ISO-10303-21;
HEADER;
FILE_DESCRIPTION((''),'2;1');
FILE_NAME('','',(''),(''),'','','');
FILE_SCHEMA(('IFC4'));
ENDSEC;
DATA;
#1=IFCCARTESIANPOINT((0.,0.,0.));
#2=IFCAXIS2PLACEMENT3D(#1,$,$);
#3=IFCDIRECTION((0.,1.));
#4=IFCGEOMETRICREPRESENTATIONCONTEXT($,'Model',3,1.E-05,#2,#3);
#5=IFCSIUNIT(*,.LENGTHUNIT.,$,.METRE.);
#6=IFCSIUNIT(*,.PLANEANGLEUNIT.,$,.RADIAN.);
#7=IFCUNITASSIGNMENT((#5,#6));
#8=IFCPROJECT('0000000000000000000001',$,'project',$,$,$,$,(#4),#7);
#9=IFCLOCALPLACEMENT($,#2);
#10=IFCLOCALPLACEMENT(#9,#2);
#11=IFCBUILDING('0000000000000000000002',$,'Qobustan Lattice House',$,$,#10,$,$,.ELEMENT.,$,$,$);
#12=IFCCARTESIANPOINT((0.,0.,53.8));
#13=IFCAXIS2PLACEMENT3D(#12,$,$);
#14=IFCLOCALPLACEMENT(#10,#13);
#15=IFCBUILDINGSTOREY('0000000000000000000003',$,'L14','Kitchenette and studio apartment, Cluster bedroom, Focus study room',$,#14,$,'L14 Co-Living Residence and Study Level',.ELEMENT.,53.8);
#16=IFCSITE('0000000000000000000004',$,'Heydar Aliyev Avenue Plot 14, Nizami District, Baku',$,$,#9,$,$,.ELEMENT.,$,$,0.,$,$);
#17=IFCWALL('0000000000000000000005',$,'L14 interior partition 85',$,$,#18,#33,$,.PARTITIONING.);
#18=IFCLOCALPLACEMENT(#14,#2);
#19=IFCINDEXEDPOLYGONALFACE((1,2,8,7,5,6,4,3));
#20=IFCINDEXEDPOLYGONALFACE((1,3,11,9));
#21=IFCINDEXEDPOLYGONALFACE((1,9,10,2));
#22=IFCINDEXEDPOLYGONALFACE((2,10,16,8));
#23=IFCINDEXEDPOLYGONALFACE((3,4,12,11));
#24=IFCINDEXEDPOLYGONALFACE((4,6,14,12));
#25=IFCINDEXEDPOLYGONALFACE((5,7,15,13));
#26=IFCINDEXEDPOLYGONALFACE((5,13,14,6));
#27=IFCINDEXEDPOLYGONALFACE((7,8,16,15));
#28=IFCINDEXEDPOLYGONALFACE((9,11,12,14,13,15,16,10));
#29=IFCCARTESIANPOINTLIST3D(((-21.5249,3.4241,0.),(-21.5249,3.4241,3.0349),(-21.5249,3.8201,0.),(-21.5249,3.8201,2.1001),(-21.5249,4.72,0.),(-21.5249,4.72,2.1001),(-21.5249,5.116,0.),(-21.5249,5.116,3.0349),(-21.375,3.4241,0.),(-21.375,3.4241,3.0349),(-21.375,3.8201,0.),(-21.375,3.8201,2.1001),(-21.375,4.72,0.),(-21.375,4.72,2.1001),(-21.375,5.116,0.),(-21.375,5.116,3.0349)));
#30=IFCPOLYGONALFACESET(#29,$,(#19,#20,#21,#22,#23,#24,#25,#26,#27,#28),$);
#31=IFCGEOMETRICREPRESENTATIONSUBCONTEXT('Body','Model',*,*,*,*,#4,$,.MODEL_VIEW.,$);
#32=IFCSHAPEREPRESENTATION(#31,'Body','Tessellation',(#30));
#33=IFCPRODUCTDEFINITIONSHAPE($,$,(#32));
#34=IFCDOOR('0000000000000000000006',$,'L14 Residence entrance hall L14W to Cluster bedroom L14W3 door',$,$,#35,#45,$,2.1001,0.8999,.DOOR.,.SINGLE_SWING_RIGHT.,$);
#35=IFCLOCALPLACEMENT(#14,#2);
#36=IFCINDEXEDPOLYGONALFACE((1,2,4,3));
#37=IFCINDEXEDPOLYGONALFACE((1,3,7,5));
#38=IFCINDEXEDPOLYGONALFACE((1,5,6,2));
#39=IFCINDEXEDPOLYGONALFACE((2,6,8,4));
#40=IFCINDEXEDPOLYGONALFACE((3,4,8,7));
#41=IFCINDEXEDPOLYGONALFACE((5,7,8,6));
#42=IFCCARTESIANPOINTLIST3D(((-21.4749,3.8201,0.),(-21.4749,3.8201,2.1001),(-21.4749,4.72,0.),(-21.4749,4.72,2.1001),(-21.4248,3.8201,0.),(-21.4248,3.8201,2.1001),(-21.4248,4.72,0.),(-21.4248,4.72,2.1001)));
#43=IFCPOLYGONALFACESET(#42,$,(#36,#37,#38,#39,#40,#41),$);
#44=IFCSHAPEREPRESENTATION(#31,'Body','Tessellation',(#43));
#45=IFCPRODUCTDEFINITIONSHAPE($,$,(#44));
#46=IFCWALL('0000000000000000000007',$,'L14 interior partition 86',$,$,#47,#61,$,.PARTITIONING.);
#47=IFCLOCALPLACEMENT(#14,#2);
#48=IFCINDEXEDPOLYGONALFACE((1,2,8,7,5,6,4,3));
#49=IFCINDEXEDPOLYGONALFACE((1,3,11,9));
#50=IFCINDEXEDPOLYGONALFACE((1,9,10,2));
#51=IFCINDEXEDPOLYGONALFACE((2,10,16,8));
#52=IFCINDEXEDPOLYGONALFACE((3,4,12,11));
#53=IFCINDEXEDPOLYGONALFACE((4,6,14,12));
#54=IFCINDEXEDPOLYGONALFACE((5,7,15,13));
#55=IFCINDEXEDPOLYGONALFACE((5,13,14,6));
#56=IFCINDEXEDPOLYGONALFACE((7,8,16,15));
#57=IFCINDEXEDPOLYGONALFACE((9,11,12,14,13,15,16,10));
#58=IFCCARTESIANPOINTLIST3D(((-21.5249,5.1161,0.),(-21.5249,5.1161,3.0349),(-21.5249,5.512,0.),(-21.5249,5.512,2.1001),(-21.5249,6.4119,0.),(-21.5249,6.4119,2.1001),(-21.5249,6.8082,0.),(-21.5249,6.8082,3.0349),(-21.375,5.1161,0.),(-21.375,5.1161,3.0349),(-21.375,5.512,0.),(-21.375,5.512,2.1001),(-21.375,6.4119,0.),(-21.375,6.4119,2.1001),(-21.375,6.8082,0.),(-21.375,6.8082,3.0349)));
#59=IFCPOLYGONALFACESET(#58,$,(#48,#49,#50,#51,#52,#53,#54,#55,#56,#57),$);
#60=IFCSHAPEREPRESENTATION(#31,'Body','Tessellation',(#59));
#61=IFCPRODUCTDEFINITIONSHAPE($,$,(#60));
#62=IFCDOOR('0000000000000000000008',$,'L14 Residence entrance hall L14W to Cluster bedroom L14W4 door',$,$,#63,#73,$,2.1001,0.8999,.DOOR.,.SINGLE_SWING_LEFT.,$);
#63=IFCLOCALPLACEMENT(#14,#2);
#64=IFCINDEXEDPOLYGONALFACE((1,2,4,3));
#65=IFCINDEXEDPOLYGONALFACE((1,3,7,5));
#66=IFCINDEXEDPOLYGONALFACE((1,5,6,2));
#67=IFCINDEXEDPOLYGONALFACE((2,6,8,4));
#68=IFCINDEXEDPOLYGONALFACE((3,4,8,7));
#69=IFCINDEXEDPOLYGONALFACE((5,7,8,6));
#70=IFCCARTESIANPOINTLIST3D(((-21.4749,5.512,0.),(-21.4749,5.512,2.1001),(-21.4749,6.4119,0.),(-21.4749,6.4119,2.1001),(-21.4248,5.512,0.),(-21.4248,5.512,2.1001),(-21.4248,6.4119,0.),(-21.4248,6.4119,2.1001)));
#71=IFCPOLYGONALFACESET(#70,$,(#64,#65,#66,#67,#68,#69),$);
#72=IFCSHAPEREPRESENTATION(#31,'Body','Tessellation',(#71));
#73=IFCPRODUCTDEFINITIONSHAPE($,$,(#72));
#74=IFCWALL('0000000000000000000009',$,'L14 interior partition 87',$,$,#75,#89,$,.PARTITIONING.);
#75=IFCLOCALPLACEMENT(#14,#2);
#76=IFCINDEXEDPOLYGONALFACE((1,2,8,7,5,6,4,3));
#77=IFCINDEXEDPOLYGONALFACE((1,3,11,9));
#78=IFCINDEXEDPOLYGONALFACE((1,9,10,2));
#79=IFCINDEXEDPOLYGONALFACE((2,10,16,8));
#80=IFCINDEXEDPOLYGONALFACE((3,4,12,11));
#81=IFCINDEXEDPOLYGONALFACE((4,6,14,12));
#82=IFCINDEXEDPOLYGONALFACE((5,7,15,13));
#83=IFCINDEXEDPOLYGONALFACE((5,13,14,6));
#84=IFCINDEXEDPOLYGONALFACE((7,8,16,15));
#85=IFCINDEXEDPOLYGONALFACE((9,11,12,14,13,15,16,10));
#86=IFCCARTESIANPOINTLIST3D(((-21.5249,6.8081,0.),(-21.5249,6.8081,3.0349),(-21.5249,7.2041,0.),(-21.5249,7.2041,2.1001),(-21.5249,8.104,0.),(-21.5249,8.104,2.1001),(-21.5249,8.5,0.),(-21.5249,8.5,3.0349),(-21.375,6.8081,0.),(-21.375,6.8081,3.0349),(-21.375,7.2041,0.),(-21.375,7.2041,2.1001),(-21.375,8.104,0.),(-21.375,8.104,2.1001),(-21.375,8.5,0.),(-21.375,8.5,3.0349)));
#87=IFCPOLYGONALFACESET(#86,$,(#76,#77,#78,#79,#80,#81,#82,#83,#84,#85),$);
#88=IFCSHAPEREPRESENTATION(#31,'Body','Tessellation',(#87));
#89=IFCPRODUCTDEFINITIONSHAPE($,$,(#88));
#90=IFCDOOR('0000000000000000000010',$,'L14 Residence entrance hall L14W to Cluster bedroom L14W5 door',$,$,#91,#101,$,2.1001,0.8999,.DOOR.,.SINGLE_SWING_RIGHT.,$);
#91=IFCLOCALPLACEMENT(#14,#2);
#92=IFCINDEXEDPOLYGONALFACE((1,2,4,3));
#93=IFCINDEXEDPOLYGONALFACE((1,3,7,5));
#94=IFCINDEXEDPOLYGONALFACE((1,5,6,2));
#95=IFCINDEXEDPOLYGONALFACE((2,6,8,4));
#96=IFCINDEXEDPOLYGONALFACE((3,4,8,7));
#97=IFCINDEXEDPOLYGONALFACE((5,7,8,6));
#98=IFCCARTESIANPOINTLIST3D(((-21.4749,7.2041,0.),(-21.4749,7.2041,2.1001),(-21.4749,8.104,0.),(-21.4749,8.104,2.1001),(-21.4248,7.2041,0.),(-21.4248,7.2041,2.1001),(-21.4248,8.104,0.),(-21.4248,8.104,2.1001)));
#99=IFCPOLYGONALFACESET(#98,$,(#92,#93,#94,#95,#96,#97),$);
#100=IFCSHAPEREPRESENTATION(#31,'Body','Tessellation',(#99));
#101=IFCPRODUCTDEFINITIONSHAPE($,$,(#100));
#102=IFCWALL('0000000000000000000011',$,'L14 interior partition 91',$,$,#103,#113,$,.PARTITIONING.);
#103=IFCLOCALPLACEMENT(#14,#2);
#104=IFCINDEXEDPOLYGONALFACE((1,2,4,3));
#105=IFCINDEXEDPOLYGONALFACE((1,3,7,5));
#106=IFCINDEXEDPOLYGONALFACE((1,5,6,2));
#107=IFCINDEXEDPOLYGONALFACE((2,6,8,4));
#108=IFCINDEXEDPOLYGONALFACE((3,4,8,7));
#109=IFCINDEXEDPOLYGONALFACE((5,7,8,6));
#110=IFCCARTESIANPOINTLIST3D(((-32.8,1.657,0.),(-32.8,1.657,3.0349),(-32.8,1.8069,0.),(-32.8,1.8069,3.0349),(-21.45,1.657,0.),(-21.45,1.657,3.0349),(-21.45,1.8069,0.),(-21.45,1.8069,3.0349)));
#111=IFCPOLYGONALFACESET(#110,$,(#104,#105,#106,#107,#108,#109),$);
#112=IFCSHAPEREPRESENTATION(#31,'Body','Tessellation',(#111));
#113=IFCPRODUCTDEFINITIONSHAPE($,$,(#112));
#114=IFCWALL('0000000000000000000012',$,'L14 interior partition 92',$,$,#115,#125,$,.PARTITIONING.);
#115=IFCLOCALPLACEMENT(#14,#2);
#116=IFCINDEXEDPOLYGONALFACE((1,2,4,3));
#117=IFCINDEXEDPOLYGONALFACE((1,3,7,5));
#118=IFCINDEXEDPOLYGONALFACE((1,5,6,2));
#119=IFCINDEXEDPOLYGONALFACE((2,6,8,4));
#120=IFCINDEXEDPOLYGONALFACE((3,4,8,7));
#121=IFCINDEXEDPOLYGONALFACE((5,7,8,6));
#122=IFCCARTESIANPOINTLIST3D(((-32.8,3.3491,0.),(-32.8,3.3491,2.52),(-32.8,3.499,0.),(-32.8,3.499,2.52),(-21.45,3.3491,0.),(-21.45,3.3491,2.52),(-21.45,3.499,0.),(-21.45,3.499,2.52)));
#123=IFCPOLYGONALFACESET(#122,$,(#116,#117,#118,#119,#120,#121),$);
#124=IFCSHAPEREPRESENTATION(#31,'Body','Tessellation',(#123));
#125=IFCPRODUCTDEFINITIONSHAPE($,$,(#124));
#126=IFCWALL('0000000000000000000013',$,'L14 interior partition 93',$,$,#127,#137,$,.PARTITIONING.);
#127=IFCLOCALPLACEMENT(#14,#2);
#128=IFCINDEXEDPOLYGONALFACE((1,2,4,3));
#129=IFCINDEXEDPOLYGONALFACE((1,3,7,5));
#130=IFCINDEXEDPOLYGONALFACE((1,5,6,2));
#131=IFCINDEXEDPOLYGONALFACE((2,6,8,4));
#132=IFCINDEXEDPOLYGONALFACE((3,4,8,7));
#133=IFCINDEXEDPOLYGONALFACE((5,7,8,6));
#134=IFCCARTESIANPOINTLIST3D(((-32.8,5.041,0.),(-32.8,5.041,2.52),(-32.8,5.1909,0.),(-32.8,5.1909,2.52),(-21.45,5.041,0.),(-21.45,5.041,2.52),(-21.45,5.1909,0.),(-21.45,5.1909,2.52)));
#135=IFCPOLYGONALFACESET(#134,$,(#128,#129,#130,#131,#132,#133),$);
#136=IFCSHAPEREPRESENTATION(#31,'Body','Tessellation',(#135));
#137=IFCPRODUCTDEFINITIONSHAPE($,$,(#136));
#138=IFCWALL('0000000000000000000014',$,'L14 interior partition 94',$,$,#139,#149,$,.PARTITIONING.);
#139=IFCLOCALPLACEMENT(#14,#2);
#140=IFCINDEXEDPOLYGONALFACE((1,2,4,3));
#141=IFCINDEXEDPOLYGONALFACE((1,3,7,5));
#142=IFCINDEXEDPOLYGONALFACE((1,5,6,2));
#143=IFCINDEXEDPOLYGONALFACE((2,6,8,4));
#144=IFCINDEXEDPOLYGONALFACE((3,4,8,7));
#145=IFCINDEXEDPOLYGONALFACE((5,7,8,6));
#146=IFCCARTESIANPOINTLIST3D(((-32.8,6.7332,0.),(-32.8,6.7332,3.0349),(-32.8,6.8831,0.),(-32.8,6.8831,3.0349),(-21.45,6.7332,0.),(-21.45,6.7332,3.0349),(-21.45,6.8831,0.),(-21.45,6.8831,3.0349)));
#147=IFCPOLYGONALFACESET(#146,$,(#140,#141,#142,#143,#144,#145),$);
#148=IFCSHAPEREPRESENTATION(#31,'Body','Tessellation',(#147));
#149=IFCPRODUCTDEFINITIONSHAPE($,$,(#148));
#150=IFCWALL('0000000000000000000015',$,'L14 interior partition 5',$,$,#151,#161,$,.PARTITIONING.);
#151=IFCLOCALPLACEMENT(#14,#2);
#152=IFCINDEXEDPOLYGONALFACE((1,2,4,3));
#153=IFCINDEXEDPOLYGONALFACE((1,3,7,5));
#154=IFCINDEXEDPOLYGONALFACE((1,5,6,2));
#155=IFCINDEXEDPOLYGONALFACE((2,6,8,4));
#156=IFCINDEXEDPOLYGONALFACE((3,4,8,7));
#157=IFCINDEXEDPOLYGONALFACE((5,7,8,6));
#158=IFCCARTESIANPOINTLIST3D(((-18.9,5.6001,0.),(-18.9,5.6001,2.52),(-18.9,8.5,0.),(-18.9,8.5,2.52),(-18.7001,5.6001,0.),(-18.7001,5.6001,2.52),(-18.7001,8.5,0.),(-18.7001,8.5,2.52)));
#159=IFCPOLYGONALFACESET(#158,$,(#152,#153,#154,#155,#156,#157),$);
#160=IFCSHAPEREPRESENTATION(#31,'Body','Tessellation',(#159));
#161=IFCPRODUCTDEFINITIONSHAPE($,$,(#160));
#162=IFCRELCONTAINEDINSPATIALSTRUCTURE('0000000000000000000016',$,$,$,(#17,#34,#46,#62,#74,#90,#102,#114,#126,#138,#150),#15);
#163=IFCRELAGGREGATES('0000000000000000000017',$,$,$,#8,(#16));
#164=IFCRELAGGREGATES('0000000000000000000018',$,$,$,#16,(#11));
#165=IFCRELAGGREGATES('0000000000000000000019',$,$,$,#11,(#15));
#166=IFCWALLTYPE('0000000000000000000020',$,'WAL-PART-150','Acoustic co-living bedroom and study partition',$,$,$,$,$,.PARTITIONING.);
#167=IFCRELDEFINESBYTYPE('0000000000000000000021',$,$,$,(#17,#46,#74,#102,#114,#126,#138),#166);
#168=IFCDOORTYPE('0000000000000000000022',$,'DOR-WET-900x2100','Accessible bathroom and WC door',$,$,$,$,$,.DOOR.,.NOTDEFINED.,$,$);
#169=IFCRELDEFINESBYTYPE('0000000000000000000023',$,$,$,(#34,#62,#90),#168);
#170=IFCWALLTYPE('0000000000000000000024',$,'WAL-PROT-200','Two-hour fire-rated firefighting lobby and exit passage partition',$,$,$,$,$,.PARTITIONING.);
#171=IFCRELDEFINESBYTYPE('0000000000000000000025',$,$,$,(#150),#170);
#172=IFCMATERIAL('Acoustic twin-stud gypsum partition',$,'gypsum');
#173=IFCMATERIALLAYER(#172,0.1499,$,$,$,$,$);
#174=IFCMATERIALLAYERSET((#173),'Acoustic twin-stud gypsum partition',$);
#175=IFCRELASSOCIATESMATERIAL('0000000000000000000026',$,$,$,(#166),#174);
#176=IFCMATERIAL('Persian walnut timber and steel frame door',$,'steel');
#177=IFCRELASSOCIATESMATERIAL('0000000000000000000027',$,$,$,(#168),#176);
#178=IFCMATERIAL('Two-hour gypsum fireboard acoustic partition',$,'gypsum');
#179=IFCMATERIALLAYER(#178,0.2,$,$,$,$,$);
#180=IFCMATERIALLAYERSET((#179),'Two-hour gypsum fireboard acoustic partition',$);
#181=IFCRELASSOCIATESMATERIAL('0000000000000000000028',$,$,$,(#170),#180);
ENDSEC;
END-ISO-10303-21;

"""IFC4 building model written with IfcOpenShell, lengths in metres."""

from ifc_helpers import new_model, si_unit, direction, frame, frame_2d, origin, place, context, subcontext, project, spatial, rectangle, extrude, material, layer, layer_set, type_object, element, fill, save


model = new_model("IFC4")

# Units and contexts
model_context = context("Model", 3, precision=1e-05, world=origin(), true_north=direction((0.0, 1.0)))
body_context = subcontext(model_context, "Body", "Model", "MODEL_VIEW")
ifc_project = project(units=[si_unit("LENGTHUNIT", "METRE"), si_unit("PLANEANGLEUNIT", "RADIAN")], contexts=[model_context])

# Site, building, storey
site_placement = place(None, origin())
site = spatial("IfcSite", under=ifc_project, at=site_placement, Name="Heydar Aliyev Avenue Plot 14, Nizami District, Baku", CompositionType="ELEMENT", RefElevation=0.0)
building_placement = place(site_placement, origin())
building = spatial("IfcBuilding", under=site, at=building_placement, Name="Qobustan Lattice House", CompositionType="ELEMENT")
storey_placement = place(building_placement, frame((0.0, 0.0, 53.8)))
storey = spatial("IfcBuildingStorey", under=building, at=storey_placement, Name="L14", Description="Kitchenette and studio apartment, Cluster bedroom, Focus study room", LongName="L14 Co-Living Residence and Study Level", CompositionType="ELEMENT", Elevation=53.8)

# Shared definitions
ifc_material_1 = material(Name="Acoustic twin-stud gypsum partition", Category="gypsum")
ifc_layer_1 = layer(ifc_material_1, 0.1499)
ifc_layer_set_1 = layer_set([ifc_layer_1], Name="Acoustic twin-stud gypsum partition")
wall_type_1 = type_object("IfcWallType", Name="WAL-PART-150", Description="Acoustic co-living bedroom and study partition", PredefinedType="PARTITIONING", material=ifc_layer_set_1)

# Walls, openings, doors
ifc_material_2 = material(Name="Persian walnut timber and steel frame door", Category="steel")
door_type_1 = type_object("IfcDoorType", Name="DOR-WET-900x2100", Description="Accessible bathroom and WC door", OperationType="NOTDEFINED", PredefinedType="DOOR", material=ifc_material_2)
wall_1_placement = place(storey_placement, frame((-21.45, 3.4241, 0.0), z_axis=(0.0, 0.0, 1.0), x_axis=(0.0, 1.0, 0.0)))
wall_1 = element("IfcWall", 1, at=wall_1_placement, inside=storey, type_object=wall_type_1, Name="L14 interior partition 85", PredefinedType="PARTITIONING", context=body_context, shape_type="SweptSolid", body=[
    extrude(rectangle(XDim=1.6919, YDim=0.1499, at=frame_2d((0.8459, 0.0))), origin(), (0.0, 0.0, 1.0), 3.0349),
])
opening_1_placement = place(wall_1_placement, frame((0.396, 0.0, 0.0)))
opening_1 = element("IfcOpeningElement", 2, at=opening_1_placement, cuts=wall_1, PredefinedType="OPENING", context=body_context, shape_type="SweptSolid", body=[
    extrude(rectangle(XDim=0.8999, YDim=2.1001, at=frame_2d((0.45, 1.05))), frame((0.0, 0.085, 0.0), z_axis=(0.0, -1.0, 0.0), x_axis=(1.0, 0.0, 0.0)), (0.0, 0.0, 1.0), 0.1699),
])
door_1_placement = place(opening_1_placement, origin())
door_1 = element("IfcDoor", 3, at=door_1_placement, inside=storey, type_object=door_type_1, Name="L14 Residence entrance hall L14W to Cluster bedroom L14W3 door", OperationType="SINGLE_SWING_RIGHT", OverallHeight=2.1001, OverallWidth=0.8999, PredefinedType="DOOR", context=body_context, shape_type="SweptSolid", body=[
    extrude(rectangle(XDim=0.8999, YDim=2.1001, at=frame_2d((0.45, 1.05))), frame((0.0, 0.0249, 0.0), z_axis=(0.0, -1.0, 0.0), x_axis=(1.0, 0.0, 0.0)), (0.0, 0.0, 1.0), 0.05),
])
fill(opening_1, door_1)
wall_2_placement = place(storey_placement, frame((-21.45, 5.116, 0.0), z_axis=(0.0, 0.0, 1.0), x_axis=(0.0, 1.0, 0.0)))
wall_2 = element("IfcWall", 4, at=wall_2_placement, inside=storey, type_object=wall_type_1, Name="L14 interior partition 86", PredefinedType="PARTITIONING", context=body_context, shape_type="SweptSolid", body=[
    extrude(rectangle(XDim=1.6921, YDim=0.1499, at=frame_2d((0.8462, 0.0))), origin(), (0.0, 0.0, 1.0), 3.0349),
])
opening_2_placement = place(wall_2_placement, frame((0.396, 0.0, 0.0)))
opening_2 = element("IfcOpeningElement", 5, at=opening_2_placement, cuts=wall_2, PredefinedType="OPENING", context=body_context, shape_type="SweptSolid", body=[
    extrude(rectangle(XDim=0.8999, YDim=2.1001, at=frame_2d((0.45, 1.05))), frame((0.0, 0.085, 0.0), z_axis=(0.0, -1.0, 0.0), x_axis=(1.0, 0.0, 0.0)), (0.0, 0.0, 1.0), 0.1699),
])
door_2_placement = place(opening_2_placement, origin())
door_2 = element("IfcDoor", 6, at=door_2_placement, inside=storey, type_object=door_type_1, Name="L14 Residence entrance hall L14W to Cluster bedroom L14W4 door", OperationType="SINGLE_SWING_LEFT", OverallHeight=2.1001, OverallWidth=0.8999, PredefinedType="DOOR", context=body_context, shape_type="SweptSolid", body=[
    extrude(rectangle(XDim=0.8999, YDim=2.1001, at=frame_2d((0.45, 1.05))), frame((0.0, 0.0249, 0.0), z_axis=(0.0, -1.0, 0.0), x_axis=(1.0, 0.0, 0.0)), (0.0, 0.0, 1.0), 0.05),
])
fill(opening_2, door_2)
wall_3_placement = place(storey_placement, frame((-21.45, 6.8081, 0.0), z_axis=(0.0, 0.0, 1.0), x_axis=(0.0, 1.0, 0.0)))
wall_3 = element("IfcWall", 7, at=wall_3_placement, inside=storey, type_object=wall_type_1, Name="L14 interior partition 87", PredefinedType="PARTITIONING", context=body_context, shape_type="SweptSolid", body=[
    extrude(rectangle(XDim=1.6919, YDim=0.1499, at=frame_2d((0.8459, 0.0))), origin(), (0.0, 0.0, 1.0), 3.0349),
])
opening_3_placement = place(wall_3_placement, frame((0.396, 0.0, 0.0)))
opening_3 = element("IfcOpeningElement", 8, at=opening_3_placement, cuts=wall_3, PredefinedType="OPENING", context=body_context, shape_type="SweptSolid", body=[
    extrude(rectangle(XDim=0.8999, YDim=2.1001, at=frame_2d((0.45, 1.05))), frame((0.0, 0.085, 0.0), z_axis=(0.0, -1.0, 0.0), x_axis=(1.0, 0.0, 0.0)), (0.0, 0.0, 1.0), 0.1699),
])
door_3_placement = place(opening_3_placement, origin())
door_3 = element("IfcDoor", 9, at=door_3_placement, inside=storey, type_object=door_type_1, Name="L14 Residence entrance hall L14W to Cluster bedroom L14W5 door", OperationType="SINGLE_SWING_RIGHT", OverallHeight=2.1001, OverallWidth=0.8999, PredefinedType="DOOR", context=body_context, shape_type="SweptSolid", body=[
    extrude(rectangle(XDim=0.8999, YDim=2.1001, at=frame_2d((0.45, 1.05))), frame((0.0, 0.0249, 0.0), z_axis=(0.0, -1.0, 0.0), x_axis=(1.0, 0.0, 0.0)), (0.0, 0.0, 1.0), 0.05),
])
fill(opening_3, door_3)

# Walls
wall_4_placement = place(storey_placement, frame((-32.8, 1.7319, 0.0), z_axis=(0.0, 0.0, 1.0), x_axis=(1.0, 0.0, 0.0)))
element("IfcWall", 10, at=wall_4_placement, inside=storey, type_object=wall_type_1, Name="L14 interior partition 91", PredefinedType="PARTITIONING", context=body_context, shape_type="SweptSolid", body=[
    extrude(rectangle(XDim=11.3501, YDim=0.1499, at=frame_2d((5.675, 0.0))), origin(), (0.0, 0.0, 1.0), 3.0349),
])
for number, where, z_axis, x_axis, name in (
    (11, (-32.8, 3.4241, 0.0), (0.0, 0.0, 1.0), (1.0, 0.0, 0.0), "L14 interior partition 92"),
    (12, (-32.8, 5.116, 0.0), (0.0, 0.0, 1.0), (1.0, 0.0, 0.0), "L14 interior partition 93"),
):
    element("IfcWall", number, at=place(storey_placement, frame(where, z_axis=z_axis, x_axis=x_axis)), inside=storey, type_object=wall_type_1, Name=name, PredefinedType="PARTITIONING", context=body_context, shape_type="SweptSolid", body=[
        extrude(rectangle(XDim=11.3501, YDim=0.1499, at=frame_2d((5.675, 0.0))), origin(), (0.0, 0.0, 1.0), 2.52),
    ])
wall_5_placement = place(storey_placement, frame((-32.8, 6.8081, 0.0), z_axis=(0.0, 0.0, 1.0), x_axis=(1.0, 0.0, 0.0)))
element("IfcWall", 13, at=wall_5_placement, inside=storey, type_object=wall_type_1, Name="L14 interior partition 94", PredefinedType="PARTITIONING", context=body_context, shape_type="SweptSolid", body=[
    extrude(rectangle(XDim=11.3501, YDim=0.1499, at=frame_2d((5.675, 0.0))), origin(), (0.0, 0.0, 1.0), 3.0349),
])
ifc_material_3 = material(Name="Two-hour gypsum fireboard acoustic partition", Category="gypsum")
ifc_layer_2 = layer(ifc_material_3, 0.2)
ifc_layer_set_2 = layer_set([ifc_layer_2], Name="Two-hour gypsum fireboard acoustic partition")
wall_type_2 = type_object("IfcWallType", Name="WAL-PROT-200", Description="Two-hour fire-rated firefighting lobby and exit passage partition", PredefinedType="PARTITIONING", material=ifc_layer_set_2)
wall_6_placement = place(storey_placement, frame((-18.8, 8.5, 0.0), z_axis=(0.0, 0.0, 1.0), x_axis=(0.0, -1.0, 0.0)))
element("IfcWall", 14, at=wall_6_placement, inside=storey, type_object=wall_type_2, Name="L14 interior partition 5", PredefinedType="PARTITIONING", context=body_context, shape_type="SweptSolid", body=[
    extrude(rectangle(XDim=2.8999, YDim=0.2, at=frame_2d((1.45, 0.0))), origin(), (0.0, 0.0, 1.0), 2.52),
])

save(model, "model.ifc")
